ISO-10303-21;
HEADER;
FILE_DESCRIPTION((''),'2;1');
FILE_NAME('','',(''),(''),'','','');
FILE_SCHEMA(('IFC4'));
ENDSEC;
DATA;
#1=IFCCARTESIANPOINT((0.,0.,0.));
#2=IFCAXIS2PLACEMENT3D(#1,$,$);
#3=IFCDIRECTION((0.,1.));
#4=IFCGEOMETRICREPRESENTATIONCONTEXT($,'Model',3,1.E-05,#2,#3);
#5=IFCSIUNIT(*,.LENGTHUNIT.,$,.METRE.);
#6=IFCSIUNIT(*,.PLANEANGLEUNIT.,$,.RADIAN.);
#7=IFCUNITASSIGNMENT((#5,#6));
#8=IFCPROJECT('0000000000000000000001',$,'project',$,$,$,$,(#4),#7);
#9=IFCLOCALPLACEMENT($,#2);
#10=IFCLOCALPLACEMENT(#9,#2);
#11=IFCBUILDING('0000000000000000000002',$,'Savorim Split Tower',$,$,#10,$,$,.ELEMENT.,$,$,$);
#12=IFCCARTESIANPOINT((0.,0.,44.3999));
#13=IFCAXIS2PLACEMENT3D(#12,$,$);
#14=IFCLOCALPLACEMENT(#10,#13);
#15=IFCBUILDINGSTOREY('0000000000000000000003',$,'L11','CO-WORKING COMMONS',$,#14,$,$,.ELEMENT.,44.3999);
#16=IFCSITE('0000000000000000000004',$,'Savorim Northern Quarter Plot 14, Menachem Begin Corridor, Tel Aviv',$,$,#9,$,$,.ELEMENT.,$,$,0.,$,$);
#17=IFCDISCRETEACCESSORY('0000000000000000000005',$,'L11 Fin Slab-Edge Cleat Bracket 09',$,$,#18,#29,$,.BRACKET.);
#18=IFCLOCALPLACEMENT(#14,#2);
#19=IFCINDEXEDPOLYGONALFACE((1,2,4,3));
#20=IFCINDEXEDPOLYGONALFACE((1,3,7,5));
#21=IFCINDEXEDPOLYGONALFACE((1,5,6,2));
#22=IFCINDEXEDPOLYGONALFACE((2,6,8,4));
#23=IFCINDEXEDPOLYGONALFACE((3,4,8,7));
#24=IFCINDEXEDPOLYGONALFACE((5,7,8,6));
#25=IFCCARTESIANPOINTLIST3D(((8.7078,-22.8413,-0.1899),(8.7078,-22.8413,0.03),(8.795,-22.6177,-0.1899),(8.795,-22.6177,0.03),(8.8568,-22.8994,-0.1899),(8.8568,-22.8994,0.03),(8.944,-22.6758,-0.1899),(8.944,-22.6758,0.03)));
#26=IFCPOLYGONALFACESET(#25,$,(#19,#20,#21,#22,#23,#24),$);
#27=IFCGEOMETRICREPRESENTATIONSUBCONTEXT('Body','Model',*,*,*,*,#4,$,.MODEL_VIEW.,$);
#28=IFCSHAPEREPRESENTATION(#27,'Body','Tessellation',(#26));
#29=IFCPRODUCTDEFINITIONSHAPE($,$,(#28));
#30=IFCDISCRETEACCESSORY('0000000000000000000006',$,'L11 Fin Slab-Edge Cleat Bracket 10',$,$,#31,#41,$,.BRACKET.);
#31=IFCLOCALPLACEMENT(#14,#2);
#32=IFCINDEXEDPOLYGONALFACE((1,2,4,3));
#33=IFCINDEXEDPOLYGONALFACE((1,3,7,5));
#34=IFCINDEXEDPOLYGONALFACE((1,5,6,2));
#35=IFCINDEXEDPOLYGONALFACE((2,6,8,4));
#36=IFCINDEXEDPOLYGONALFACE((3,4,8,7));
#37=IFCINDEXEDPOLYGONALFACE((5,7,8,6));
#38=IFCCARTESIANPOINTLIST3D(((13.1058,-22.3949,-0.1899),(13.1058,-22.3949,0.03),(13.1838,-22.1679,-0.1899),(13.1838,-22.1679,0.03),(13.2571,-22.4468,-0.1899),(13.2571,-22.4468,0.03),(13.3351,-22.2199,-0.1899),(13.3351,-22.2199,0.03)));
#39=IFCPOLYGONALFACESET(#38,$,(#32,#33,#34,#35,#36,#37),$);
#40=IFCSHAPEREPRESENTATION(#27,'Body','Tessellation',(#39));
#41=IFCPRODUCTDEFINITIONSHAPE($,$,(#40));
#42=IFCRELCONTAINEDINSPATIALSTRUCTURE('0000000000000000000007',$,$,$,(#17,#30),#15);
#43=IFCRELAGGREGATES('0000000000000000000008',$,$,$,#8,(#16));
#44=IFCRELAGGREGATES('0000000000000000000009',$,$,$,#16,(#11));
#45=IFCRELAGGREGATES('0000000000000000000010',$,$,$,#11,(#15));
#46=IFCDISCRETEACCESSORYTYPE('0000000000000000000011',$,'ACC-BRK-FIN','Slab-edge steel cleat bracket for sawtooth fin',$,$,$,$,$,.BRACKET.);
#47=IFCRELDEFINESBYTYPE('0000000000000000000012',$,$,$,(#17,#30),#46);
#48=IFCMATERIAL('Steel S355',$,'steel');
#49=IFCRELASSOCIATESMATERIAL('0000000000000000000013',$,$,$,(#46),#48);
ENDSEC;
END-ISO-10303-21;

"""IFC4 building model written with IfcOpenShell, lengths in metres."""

from ifc_helpers import new_model, si_unit, direction, frame, origin, origin_2d, place, context, subcontext, project, spatial, rectangle, extrude, material, type_object, element, save


model = new_model("IFC4")

# Units and contexts
model_context = context("Model", 3, precision=1e-05, world=origin(), true_north=direction((0.0, 1.0)))
body_context = subcontext(model_context, "Body", "Model", "MODEL_VIEW")
ifc_project = project(units=[si_unit("LENGTHUNIT", "METRE"), si_unit("PLANEANGLEUNIT", "RADIAN")], contexts=[model_context])

# Site, building, storey
site_placement = place(None, origin())
site = spatial("IfcSite", under=ifc_project, at=site_placement, Name="Savorim Northern Quarter Plot 14, Menachem Begin Corridor, Tel Aviv", CompositionType="ELEMENT", RefElevation=0.0)
building_placement = place(site_placement, origin())
building = spatial("IfcBuilding", under=site, at=building_placement, Name="Savorim Split Tower", CompositionType="ELEMENT")
storey_placement = place(building_placement, frame((0.0, 0.0, 44.3999)))
storey = spatial("IfcBuildingStorey", under=building, at=storey_placement, Name="L11", Description="CO-WORKING COMMONS", CompositionType="ELEMENT", Elevation=44.3999)

# Shared definitions
ifc_material_1 = material(Name="Steel S355", Category="steel")

# Discrete accessories
discrete_accessory_type = type_object("IfcDiscreteAccessoryType", Name="ACC-BRK-FIN", Description="Slab-edge steel cleat bracket for sawtooth fin", PredefinedType="BRACKET", material=ifc_material_1)
for number, where, z_axis, x_axis, name in (
    (1, (8.8259, -22.7585, -0.1899), (0.0, 0.0, 1.0), (-0.363415, -0.931627, 0.0), "L11 Fin Slab-Edge Cleat Bracket 09"),
    (2, (13.2205, -22.3074, -0.1899), (0.0, 0.0, 1.0), (-0.324994, -0.945716, 0.0), "L11 Fin Slab-Edge Cleat Bracket 10"),
):
    element("IfcDiscreteAccessory", number, at=place(storey_placement, frame(where, z_axis=z_axis, x_axis=x_axis)), inside=storey, type_object=discrete_accessory_type, Name=name, PredefinedType="BRACKET", context=body_context, shape_type="SweptSolid", body=[
        extrude(rectangle(XDim=0.24, YDim=0.1599, at=origin_2d()), origin(), (0.0, 0.0, 1.0), 0.22),
    ])

save(model, "model.ifc")
